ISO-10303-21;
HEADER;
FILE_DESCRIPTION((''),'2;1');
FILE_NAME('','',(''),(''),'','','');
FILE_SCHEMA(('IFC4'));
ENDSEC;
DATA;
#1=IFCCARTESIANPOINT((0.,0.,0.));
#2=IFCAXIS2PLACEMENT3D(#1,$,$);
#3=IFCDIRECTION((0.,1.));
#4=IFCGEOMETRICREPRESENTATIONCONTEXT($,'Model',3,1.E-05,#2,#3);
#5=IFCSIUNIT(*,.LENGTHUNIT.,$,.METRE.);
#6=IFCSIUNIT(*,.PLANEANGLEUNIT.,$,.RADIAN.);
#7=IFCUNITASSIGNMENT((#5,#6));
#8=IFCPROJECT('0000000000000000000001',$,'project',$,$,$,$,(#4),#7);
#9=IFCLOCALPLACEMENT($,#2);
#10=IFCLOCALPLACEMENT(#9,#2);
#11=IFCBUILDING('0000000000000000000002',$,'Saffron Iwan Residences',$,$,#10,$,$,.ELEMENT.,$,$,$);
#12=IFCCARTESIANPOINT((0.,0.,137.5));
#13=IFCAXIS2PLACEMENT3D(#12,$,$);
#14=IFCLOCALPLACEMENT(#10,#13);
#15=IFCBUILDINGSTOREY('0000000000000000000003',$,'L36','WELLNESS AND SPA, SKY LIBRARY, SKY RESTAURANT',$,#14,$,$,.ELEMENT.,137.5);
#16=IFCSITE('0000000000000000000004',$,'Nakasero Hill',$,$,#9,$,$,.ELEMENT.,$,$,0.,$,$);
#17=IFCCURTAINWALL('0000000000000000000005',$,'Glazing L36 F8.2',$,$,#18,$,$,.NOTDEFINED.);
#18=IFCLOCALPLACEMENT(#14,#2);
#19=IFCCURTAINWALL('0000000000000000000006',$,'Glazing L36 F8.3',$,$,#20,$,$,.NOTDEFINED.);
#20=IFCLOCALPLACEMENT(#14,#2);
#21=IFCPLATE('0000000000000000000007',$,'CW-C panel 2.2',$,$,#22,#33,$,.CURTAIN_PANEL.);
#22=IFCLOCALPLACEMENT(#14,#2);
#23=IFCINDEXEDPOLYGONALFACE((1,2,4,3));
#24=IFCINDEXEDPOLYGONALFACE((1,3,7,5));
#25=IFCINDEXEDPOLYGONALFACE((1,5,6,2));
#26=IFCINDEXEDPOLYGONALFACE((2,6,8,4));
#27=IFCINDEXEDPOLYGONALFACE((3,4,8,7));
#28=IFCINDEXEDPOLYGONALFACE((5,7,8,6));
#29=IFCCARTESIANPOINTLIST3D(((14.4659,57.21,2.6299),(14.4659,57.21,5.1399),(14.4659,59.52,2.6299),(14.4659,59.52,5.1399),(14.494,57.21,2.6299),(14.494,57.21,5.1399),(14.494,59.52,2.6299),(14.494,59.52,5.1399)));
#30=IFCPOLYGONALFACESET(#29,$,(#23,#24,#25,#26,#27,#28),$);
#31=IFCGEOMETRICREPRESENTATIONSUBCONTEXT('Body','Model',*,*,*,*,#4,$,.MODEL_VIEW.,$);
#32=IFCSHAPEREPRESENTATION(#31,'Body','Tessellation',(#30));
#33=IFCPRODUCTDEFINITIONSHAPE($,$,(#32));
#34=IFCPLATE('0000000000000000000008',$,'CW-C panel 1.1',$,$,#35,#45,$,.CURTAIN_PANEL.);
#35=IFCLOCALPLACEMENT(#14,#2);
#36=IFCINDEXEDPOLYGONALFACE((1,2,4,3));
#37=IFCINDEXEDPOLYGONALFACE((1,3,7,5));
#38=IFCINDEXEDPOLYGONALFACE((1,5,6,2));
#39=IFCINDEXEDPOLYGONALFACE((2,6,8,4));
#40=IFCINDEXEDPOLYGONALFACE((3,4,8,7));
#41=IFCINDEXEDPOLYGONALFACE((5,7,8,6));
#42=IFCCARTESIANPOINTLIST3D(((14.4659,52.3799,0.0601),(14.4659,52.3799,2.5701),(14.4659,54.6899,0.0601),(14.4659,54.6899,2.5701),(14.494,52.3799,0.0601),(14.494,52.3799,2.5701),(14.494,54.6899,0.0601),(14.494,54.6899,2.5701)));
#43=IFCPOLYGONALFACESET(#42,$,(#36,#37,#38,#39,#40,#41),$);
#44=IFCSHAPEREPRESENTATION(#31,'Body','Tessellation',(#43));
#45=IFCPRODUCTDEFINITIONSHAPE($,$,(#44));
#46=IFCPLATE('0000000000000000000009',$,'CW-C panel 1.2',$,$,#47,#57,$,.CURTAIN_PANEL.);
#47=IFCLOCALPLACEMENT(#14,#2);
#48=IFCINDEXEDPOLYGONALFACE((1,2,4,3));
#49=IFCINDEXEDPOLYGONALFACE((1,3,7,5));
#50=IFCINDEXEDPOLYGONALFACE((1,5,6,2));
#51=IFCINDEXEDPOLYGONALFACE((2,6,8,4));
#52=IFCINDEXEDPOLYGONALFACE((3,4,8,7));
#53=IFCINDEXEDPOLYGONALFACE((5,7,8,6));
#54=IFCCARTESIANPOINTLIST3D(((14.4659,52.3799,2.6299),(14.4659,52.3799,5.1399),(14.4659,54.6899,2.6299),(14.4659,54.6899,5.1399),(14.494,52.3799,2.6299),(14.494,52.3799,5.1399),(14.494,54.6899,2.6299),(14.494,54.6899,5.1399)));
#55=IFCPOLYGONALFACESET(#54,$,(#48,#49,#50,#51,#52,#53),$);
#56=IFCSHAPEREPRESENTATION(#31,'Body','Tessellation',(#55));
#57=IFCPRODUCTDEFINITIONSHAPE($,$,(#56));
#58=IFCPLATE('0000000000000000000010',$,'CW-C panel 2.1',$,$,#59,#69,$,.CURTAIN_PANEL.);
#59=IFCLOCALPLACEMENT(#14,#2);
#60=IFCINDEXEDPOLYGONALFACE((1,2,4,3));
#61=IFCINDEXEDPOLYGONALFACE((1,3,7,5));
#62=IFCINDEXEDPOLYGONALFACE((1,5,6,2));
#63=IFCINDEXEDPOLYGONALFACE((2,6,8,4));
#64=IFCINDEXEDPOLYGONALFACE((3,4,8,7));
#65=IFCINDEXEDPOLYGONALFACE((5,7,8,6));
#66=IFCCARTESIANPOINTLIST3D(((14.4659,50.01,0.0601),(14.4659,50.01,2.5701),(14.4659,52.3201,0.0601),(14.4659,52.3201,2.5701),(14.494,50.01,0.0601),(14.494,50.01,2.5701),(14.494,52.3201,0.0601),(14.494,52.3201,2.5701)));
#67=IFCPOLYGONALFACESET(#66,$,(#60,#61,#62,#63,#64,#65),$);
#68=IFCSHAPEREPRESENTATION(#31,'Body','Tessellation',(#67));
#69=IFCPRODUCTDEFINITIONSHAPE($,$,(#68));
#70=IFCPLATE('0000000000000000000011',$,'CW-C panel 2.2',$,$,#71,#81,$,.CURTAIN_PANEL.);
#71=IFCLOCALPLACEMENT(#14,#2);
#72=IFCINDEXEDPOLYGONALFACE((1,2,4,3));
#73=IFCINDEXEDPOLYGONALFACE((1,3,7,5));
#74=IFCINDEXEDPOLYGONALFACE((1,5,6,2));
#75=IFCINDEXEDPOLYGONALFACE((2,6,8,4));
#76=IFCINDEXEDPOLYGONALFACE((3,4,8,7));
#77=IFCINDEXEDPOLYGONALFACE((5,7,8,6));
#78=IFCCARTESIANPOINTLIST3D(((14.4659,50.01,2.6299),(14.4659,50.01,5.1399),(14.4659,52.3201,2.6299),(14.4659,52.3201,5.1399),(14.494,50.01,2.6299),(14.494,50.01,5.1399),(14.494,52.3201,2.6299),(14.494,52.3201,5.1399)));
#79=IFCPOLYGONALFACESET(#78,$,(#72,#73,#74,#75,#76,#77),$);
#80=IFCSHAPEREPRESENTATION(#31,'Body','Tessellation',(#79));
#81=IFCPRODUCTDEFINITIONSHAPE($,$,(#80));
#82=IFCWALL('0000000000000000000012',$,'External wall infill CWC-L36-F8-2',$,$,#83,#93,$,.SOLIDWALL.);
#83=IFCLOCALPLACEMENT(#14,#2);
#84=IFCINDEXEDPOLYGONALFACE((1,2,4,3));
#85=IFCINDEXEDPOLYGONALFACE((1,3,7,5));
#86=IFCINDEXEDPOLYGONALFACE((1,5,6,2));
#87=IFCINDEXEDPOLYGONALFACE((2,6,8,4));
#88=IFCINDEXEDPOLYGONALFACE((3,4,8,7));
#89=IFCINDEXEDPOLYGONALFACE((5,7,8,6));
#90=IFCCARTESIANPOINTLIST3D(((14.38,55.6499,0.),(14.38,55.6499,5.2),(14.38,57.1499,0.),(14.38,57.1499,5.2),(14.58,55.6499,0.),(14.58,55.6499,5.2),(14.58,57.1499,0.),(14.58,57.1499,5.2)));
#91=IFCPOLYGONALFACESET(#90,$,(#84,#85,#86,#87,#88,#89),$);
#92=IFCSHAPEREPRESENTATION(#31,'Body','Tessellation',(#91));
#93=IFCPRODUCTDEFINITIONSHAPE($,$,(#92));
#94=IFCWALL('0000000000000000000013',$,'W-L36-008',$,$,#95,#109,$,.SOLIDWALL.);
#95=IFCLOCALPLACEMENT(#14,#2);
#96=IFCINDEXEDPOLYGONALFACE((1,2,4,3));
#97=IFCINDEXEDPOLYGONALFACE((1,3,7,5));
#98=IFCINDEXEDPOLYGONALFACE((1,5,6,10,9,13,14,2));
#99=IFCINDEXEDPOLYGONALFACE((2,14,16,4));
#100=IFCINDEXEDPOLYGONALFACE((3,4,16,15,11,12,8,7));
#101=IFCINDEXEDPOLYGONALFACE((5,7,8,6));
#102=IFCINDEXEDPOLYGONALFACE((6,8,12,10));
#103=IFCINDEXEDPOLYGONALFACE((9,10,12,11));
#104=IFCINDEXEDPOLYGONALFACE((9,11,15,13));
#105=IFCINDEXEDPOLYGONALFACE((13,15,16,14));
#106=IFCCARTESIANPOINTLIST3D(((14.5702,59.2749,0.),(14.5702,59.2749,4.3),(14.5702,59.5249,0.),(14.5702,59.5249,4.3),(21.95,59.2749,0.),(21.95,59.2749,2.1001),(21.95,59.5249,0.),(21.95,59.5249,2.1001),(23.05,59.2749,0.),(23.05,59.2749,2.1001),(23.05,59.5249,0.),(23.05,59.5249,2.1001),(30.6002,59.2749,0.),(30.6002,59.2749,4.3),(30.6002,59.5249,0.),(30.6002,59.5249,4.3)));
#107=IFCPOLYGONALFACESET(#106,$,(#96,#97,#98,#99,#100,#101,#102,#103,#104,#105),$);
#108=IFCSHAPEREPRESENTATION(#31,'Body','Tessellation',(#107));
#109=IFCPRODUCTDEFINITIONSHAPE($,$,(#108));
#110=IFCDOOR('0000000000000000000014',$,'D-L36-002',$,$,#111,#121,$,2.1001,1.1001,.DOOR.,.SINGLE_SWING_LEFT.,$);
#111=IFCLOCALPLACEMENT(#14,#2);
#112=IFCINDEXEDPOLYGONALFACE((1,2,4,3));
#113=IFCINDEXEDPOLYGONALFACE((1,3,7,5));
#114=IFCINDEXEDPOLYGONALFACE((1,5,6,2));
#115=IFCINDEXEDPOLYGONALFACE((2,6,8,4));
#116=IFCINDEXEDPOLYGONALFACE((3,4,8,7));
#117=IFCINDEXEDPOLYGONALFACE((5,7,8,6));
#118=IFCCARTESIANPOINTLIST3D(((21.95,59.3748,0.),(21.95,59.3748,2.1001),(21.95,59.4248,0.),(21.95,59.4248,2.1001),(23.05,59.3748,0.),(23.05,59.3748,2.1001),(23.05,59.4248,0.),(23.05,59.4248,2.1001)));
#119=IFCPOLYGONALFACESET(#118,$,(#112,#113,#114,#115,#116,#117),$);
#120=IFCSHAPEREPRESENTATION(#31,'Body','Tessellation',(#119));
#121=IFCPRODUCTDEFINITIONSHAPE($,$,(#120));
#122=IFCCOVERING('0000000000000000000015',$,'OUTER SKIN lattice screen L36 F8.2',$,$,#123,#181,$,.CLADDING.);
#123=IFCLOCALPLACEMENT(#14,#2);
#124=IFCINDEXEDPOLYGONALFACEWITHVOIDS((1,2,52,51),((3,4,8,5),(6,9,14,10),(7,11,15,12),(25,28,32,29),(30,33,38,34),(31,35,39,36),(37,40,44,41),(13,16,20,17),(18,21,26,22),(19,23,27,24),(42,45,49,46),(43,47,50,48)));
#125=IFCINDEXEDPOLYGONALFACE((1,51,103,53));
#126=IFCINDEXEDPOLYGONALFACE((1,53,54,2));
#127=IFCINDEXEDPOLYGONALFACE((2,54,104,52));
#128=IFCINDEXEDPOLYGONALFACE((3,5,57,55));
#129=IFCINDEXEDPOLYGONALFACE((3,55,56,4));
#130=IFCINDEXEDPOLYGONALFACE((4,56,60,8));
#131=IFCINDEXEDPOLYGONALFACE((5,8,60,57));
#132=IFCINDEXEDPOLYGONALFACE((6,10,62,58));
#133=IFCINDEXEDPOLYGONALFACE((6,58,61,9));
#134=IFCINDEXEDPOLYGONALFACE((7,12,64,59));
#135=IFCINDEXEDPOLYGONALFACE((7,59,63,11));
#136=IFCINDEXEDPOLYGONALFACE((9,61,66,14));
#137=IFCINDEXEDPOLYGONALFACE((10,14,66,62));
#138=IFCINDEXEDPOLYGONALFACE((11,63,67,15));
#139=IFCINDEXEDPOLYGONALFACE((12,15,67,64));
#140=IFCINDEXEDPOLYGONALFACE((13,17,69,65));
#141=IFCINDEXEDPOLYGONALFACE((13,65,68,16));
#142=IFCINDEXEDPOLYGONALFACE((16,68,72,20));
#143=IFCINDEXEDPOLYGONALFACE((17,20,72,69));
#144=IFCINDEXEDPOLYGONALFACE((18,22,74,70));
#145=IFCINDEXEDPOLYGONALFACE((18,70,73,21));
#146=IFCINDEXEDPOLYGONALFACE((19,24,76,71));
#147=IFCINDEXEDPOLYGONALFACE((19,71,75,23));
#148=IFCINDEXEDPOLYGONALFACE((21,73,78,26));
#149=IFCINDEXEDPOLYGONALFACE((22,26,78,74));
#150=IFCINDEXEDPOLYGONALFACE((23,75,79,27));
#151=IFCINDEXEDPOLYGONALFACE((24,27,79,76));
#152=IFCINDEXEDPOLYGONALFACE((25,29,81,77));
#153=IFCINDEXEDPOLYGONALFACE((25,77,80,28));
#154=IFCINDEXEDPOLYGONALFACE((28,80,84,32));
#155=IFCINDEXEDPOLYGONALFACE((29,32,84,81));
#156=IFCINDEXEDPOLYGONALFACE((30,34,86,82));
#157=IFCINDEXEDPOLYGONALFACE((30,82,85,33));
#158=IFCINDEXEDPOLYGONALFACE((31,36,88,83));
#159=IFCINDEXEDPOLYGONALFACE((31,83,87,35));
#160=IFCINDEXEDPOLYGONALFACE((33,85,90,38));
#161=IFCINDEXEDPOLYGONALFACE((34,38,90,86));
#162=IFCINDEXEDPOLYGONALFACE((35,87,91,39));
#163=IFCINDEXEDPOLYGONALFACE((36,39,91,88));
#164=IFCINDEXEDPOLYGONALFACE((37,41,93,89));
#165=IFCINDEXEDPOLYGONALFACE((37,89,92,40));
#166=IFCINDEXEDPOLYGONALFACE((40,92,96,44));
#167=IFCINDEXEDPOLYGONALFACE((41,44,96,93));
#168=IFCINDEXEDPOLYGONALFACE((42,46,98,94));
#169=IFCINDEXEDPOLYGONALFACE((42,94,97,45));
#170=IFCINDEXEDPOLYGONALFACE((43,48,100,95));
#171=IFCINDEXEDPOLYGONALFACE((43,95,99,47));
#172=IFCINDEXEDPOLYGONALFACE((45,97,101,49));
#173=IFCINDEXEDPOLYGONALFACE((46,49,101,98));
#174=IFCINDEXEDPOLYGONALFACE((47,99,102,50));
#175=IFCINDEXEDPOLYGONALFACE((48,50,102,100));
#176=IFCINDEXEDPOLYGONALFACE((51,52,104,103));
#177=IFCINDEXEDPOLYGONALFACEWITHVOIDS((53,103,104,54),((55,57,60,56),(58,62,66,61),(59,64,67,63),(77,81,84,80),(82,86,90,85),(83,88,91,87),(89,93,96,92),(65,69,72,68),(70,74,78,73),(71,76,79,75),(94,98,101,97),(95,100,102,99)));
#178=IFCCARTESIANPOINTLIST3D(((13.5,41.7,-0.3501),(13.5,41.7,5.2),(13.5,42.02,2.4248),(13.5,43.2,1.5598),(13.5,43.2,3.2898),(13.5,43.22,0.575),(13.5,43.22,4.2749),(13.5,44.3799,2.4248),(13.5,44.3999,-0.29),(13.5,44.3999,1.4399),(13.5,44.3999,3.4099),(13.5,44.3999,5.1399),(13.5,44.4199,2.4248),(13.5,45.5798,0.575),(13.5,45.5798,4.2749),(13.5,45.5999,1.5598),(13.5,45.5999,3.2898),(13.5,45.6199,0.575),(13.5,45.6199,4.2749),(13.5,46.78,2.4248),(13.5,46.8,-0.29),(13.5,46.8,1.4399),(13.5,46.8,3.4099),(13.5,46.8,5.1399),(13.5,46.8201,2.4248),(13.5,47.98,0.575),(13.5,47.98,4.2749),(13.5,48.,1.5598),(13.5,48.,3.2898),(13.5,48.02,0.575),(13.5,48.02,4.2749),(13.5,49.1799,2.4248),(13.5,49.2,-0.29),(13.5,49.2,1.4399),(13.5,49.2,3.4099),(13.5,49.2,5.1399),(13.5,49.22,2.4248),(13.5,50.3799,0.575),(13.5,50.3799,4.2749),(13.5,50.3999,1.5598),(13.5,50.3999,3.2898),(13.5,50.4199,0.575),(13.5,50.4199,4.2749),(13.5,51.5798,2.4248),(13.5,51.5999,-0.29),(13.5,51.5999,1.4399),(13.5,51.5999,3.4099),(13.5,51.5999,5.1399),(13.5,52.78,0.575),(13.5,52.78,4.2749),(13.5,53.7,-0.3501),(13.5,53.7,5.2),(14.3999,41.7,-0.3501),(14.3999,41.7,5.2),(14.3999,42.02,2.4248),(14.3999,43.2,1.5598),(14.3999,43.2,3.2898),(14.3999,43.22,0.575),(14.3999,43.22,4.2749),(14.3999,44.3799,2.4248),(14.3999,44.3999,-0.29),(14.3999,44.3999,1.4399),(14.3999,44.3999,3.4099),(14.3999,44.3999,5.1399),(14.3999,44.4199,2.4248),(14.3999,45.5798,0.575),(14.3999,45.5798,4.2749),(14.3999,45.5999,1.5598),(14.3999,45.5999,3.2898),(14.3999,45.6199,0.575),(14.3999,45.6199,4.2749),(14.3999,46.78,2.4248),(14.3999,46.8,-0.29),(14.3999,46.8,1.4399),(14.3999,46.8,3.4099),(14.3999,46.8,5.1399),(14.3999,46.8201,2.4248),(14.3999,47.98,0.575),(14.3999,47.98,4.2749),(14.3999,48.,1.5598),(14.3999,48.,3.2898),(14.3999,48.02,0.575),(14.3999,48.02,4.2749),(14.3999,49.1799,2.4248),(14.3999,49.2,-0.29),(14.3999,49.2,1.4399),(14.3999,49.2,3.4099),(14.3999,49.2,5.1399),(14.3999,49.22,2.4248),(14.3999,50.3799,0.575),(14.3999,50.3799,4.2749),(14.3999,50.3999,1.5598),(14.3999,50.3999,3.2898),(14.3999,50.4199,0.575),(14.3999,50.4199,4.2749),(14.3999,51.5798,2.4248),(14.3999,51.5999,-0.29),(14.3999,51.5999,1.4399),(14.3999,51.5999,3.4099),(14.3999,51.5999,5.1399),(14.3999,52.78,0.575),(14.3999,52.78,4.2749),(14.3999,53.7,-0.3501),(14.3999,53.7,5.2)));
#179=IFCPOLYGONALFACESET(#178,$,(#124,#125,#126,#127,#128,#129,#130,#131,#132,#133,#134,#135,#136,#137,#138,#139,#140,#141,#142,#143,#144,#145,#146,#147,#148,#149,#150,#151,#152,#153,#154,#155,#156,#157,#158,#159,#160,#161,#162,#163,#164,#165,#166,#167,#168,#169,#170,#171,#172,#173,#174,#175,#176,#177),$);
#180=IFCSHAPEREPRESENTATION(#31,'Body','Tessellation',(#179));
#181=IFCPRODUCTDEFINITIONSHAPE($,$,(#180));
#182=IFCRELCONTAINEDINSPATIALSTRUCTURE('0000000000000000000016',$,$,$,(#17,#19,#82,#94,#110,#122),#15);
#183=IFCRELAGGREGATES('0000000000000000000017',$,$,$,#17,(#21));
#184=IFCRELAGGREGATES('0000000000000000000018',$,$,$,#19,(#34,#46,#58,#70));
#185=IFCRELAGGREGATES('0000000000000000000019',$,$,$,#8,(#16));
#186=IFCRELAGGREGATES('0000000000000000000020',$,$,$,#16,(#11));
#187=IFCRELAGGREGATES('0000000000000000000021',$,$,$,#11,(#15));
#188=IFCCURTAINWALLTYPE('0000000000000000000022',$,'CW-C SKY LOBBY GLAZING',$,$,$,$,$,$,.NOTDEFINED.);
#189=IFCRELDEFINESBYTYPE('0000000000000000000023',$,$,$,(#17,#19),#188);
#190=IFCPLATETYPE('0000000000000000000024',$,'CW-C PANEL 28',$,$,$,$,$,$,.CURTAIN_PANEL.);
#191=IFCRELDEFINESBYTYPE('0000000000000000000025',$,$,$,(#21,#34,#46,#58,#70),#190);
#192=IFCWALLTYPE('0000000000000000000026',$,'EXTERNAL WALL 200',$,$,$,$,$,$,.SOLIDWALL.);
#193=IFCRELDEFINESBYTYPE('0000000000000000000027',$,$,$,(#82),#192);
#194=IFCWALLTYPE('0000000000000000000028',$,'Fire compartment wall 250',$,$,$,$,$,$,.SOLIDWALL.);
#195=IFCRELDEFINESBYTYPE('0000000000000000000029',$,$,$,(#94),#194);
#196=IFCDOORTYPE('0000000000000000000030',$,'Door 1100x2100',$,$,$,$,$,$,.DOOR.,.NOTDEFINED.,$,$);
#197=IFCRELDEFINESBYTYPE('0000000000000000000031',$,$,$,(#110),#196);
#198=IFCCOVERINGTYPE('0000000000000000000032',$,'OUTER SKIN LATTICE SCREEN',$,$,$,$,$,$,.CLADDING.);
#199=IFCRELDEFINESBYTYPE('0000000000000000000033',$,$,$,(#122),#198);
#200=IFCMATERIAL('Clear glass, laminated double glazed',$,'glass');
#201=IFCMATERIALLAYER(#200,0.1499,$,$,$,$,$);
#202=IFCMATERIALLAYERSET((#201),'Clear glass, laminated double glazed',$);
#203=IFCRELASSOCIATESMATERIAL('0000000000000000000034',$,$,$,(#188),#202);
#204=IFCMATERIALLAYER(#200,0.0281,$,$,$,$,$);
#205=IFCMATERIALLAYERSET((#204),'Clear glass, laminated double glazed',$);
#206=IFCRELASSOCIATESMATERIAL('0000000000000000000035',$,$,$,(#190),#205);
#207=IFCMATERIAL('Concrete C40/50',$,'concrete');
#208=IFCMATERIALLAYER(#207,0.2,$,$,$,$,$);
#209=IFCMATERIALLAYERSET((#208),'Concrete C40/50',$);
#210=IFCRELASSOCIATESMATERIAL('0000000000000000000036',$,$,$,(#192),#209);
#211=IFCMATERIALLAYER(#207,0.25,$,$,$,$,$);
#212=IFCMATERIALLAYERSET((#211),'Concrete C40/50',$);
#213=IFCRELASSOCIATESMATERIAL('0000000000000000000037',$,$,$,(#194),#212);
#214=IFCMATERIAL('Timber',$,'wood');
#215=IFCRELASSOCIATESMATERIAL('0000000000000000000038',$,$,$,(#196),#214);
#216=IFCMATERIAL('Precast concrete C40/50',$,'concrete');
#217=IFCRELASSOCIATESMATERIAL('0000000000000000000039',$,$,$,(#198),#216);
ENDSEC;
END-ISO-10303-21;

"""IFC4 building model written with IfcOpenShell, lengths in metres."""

from ifc_helpers import new_model, si_unit, direction, frame, frame_2d, origin, origin_2d, place, context, subcontext, project, spatial, polyline, rectangle, outline, extrude, source, transform, mapped, material, layer, layer_set, type_object, element, fill, aggregate, save


model = new_model("IFC4")

# Units and contexts
model_context = context("Model", 3, precision=1e-05, world=origin(), true_north=direction((0.0, 1.0)))
body_context = subcontext(model_context, "Body", "Model", "MODEL_VIEW")
ifc_project = project(units=[si_unit("LENGTHUNIT", "METRE"), si_unit("PLANEANGLEUNIT", "RADIAN")], contexts=[model_context])

# Site, building, storey
site_placement = place(None, origin())
site = spatial("IfcSite", under=ifc_project, at=site_placement, Name="Nakasero Hill", CompositionType="ELEMENT", RefElevation=0.0)
building_placement = place(site_placement, origin())
building = spatial("IfcBuilding", under=site, at=building_placement, Name="Saffron Iwan Residences", CompositionType="ELEMENT")
storey_placement = place(building_placement, frame((0.0, 0.0, 137.5)))
storey = spatial("IfcBuildingStorey", under=building, at=storey_placement, Name="L36", Description="WELLNESS AND SPA, SKY LIBRARY, SKY RESTAURANT", CompositionType="ELEMENT", Elevation=137.5)

# Curtain wall
ifc_material_1 = material(Name="Clear glass, laminated double glazed", Category="glass")
ifc_layer_1 = layer(ifc_material_1, 0.1499)
ifc_layer_set_1 = layer_set([ifc_layer_1], Name="Clear glass, laminated double glazed")
curtain_wall_type = type_object("IfcCurtainWallType", Name="CW-C SKY LOBBY GLAZING", PredefinedType="NOTDEFINED", material=ifc_layer_set_1)
curtain_wall_1_placement = place(storey_placement, origin())
curtain_wall_1 = element("IfcCurtainWall", 1, at=curtain_wall_1_placement, inside=storey, type_object=curtain_wall_type, Name="Glazing L36 F8.2", PredefinedType="NOTDEFINED")

# Curtain wall
curtain_wall_2_placement = place(storey_placement, origin())
curtain_wall_2 = element("IfcCurtainWall", 2, at=curtain_wall_2_placement, inside=storey, type_object=curtain_wall_type, Name="Glazing L36 F8.3", PredefinedType="NOTDEFINED")

# Plates
ifc_layer_2 = layer(ifc_material_1, 0.0281)
ifc_layer_set_2 = layer_set([ifc_layer_2], Name="Clear glass, laminated double glazed")
plate_type = type_object("IfcPlateType", Name="CW-C PANEL 28", PredefinedType="CURTAIN_PANEL", material=ifc_layer_set_2)
shared_shape_1 = source(origin(), body_context, "Body", "SweptSolid", [
    extrude(rectangle(XDim=2.3101, YDim=0.0281, at=origin_2d()), origin(), (0.0, 0.0, 1.0), 2.51),
])
plate_1_placement = place(storey_placement, frame((14.48, 58.365, 2.6299), z_axis=(0.0, 0.0, 1.0), x_axis=(0.0, -1.0, 0.0)))
plate_1 = element("IfcPlate", 3, at=plate_1_placement, type_object=plate_type, Name="CW-C panel 2.2", PredefinedType="CURTAIN_PANEL", context=body_context, shape_type="MappedRepresentation", body=[
    mapped(shared_shape_1, transform((0.0, 0.0, 0.0))),
])
aggregate(curtain_wall_1, [plate_1])
plate_2_placement = place(storey_placement, frame((14.48, 53.5349, 0.0601), z_axis=(0.0, 0.0, 1.0), x_axis=(0.0, -1.0, 0.0)))
plate_2 = element("IfcPlate", 4, at=plate_2_placement, type_object=plate_type, Name="CW-C panel 1.1", PredefinedType="CURTAIN_PANEL", context=body_context, shape_type="MappedRepresentation", body=[
    mapped(shared_shape_1, transform((0.0, 0.0, 0.0))),
])
plate_3_placement = place(storey_placement, frame((14.48, 53.5349, 2.6299), z_axis=(0.0, 0.0, 1.0), x_axis=(0.0, -1.0, 0.0)))
plate_3 = element("IfcPlate", 5, at=plate_3_placement, type_object=plate_type, Name="CW-C panel 1.2", PredefinedType="CURTAIN_PANEL", context=body_context, shape_type="MappedRepresentation", body=[
    mapped(shared_shape_1, transform((0.0, 0.0, 0.0))),
])
plate_4_placement = place(storey_placement, frame((14.48, 51.165, 0.0601), z_axis=(0.0, 0.0, 1.0), x_axis=(0.0, -1.0, 0.0)))
plate_4 = element("IfcPlate", 6, at=plate_4_placement, type_object=plate_type, Name="CW-C panel 2.1", PredefinedType="CURTAIN_PANEL", context=body_context, shape_type="MappedRepresentation", body=[
    mapped(shared_shape_1, transform((0.0, 0.0, 0.0))),
])
plate_5_placement = place(storey_placement, frame((14.48, 51.165, 2.6299), z_axis=(0.0, 0.0, 1.0), x_axis=(0.0, -1.0, 0.0)))
plate_5 = element("IfcPlate", 7, at=plate_5_placement, type_object=plate_type, Name="CW-C panel 2.2", PredefinedType="CURTAIN_PANEL", context=body_context, shape_type="MappedRepresentation", body=[
    mapped(shared_shape_1, transform((0.0, 0.0, 0.0))),
])
aggregate(curtain_wall_2, [plate_2, plate_3, plate_4, plate_5])

# Wall
ifc_material_2 = material(Name="Concrete C40/50", Category="concrete")
ifc_layer_3 = layer(ifc_material_2, 0.2)
ifc_layer_set_3 = layer_set([ifc_layer_3], Name="Concrete C40/50")
wall_type_1 = type_object("IfcWallType", Name="EXTERNAL WALL 200", PredefinedType="SOLIDWALL", material=ifc_layer_set_3)
wall_1_placement = place(storey_placement, frame((14.48, 57.1499, 0.0), z_axis=(0.0, 0.0, 1.0), x_axis=(0.0, -1.0, 0.0)))
element("IfcWall", 8, at=wall_1_placement, inside=storey, type_object=wall_type_1, Name="External wall infill CWC-L36-F8-2", PredefinedType="SOLIDWALL", context=body_context, shape_type="SweptSolid", body=[
    extrude(rectangle(XDim=1.5, YDim=0.2, at=frame_2d((0.75, 0.0))), origin(), (0.0, 0.0, 1.0), 5.2),
])

# Wall, opening, door
ifc_layer_4 = layer(ifc_material_2, 0.25)
ifc_layer_set_4 = layer_set([ifc_layer_4], Name="Concrete C40/50")
wall_type_2 = type_object("IfcWallType", Name="Fire compartment wall 250", PredefinedType="SOLIDWALL", material=ifc_layer_set_4)
wall_2_placement = place(storey_placement, frame((14.5701, 59.3999, 0.0), z_axis=(0.0, 0.0, 1.0), x_axis=(1.0, 0.0, 0.0)))
wall_2 = element("IfcWall", 9, at=wall_2_placement, inside=storey, type_object=wall_type_2, Name="W-L36-008", PredefinedType="SOLIDWALL", context=body_context, shape_type="SweptSolid", body=[
    extrude(rectangle(XDim=16.03, YDim=0.25, at=frame_2d((8.0151, 0.0))), origin(), (0.0, 0.0, 1.0), 4.3),
])
opening_placement = place(wall_2_placement, frame((7.3799, 0.0, 0.0)))
opening = element("IfcOpeningElement", 10, at=opening_placement, cuts=wall_2, PredefinedType="OPENING", context=body_context, shape_type="SweptSolid", body=[
    extrude(rectangle(XDim=1.1001, YDim=2.1001, at=frame_2d((0.55, 1.05))), frame((0.0, 0.135, 0.0), z_axis=(0.0, -1.0, 0.0), x_axis=(1.0, 0.0, 0.0)), (0.0, 0.0, 1.0), 0.27),
])
ifc_material_3 = material(Name="Timber", Category="wood")
door_type = type_object("IfcDoorType", Name="Door 1100x2100", OperationType="NOTDEFINED", PredefinedType="DOOR", material=ifc_material_3)
door_placement = place(opening_placement, origin())
door = element("IfcDoor", 11, at=door_placement, inside=storey, type_object=door_type, Name="D-L36-002", OperationType="SINGLE_SWING_LEFT", OverallHeight=2.1001, OverallWidth=1.1001, PredefinedType="DOOR", context=body_context, shape_type="SweptSolid", body=[
    extrude(rectangle(XDim=1.1001, YDim=2.1001, at=frame_2d((0.55, 1.05))), frame((0.0, 0.0249, 0.0), z_axis=(0.0, -1.0, 0.0), x_axis=(1.0, 0.0, 0.0)), (0.0, 0.0, 1.0), 0.05),
])
fill(opening, door)

# Covering
ifc_material_4 = material(Name="Precast concrete C40/50", Category="concrete")
covering_type = type_object("IfcCoveringType", Name="OUTER SKIN LATTICE SCREEN", PredefinedType="CLADDING", material=ifc_material_4)
covering_placement = place(storey_placement, frame((14.3999, 53.7, -0.3501), z_axis=(-1.0, 0.0, 0.0), x_axis=(0.0, -1.0, 0.0)))
element("IfcCovering", 12, at=covering_placement, inside=storey, type_object=covering_type, Name="OUTER SKIN lattice screen L36 F8.2", PredefinedType="CLADDING", context=body_context, shape_type="SweptSolid", body=[
    extrude(outline(polyline([(0.0, 0.0), (12.0, 0.0), (12.0, 5.55), (0.0, 5.55), (0.0, 0.0)]), holes=[polyline([(0.9199, 0.925), (2.1001, 0.0601), (3.28, 0.925), (2.1001, 1.79), (0.9199, 0.925)]), polyline([(3.3201, 0.925), (4.5, 0.0601), (5.6799, 0.925), (4.5, 1.79), (3.3201, 0.925)]), polyline([(5.72, 0.925), (6.8999, 0.0601), (8.0801, 0.925), (6.8999, 1.79), (5.72, 0.925)]), polyline([(8.1201, 0.925), (9.3, 0.0601), (10.48, 0.925), (9.3, 1.79), (8.1201, 0.925)]), polyline([(2.1201, 2.7749), (3.3, 1.9099), (4.48, 2.7749), (3.3, 3.6399), (2.1201, 2.7749)]), polyline([(4.52, 2.7749), (5.7, 1.9099), (6.8799, 2.7749), (5.7, 3.6399), (4.52, 2.7749)]), polyline([(6.9199, 2.7749), (8.1001, 1.9099), (9.28, 2.7749), (8.1001, 3.6399), (6.9199, 2.7749)]), polyline([(9.3201, 2.7749), (10.5, 1.9099), (11.6799, 2.7749), (10.5, 3.6399), (9.3201, 2.7749)]), polyline([(0.9199, 4.625), (2.1001, 3.76), (3.28, 4.625), (2.1001, 5.49), (0.9199, 4.625)]), polyline([(3.3201, 4.625), (4.5, 3.76), (5.6799, 4.625), (4.5, 5.49), (3.3201, 4.625)]), polyline([(5.72, 4.625), (6.8999, 3.76), (8.0801, 4.625), (6.8999, 5.49), (5.72, 4.625)]), polyline([(8.1201, 4.625), (9.3, 3.76), (10.48, 4.625), (9.3, 5.49), (8.1201, 4.625)])]), origin(), (0.0, 0.0, 1.0), 0.8999),
])

save(model, "model.ifc")
